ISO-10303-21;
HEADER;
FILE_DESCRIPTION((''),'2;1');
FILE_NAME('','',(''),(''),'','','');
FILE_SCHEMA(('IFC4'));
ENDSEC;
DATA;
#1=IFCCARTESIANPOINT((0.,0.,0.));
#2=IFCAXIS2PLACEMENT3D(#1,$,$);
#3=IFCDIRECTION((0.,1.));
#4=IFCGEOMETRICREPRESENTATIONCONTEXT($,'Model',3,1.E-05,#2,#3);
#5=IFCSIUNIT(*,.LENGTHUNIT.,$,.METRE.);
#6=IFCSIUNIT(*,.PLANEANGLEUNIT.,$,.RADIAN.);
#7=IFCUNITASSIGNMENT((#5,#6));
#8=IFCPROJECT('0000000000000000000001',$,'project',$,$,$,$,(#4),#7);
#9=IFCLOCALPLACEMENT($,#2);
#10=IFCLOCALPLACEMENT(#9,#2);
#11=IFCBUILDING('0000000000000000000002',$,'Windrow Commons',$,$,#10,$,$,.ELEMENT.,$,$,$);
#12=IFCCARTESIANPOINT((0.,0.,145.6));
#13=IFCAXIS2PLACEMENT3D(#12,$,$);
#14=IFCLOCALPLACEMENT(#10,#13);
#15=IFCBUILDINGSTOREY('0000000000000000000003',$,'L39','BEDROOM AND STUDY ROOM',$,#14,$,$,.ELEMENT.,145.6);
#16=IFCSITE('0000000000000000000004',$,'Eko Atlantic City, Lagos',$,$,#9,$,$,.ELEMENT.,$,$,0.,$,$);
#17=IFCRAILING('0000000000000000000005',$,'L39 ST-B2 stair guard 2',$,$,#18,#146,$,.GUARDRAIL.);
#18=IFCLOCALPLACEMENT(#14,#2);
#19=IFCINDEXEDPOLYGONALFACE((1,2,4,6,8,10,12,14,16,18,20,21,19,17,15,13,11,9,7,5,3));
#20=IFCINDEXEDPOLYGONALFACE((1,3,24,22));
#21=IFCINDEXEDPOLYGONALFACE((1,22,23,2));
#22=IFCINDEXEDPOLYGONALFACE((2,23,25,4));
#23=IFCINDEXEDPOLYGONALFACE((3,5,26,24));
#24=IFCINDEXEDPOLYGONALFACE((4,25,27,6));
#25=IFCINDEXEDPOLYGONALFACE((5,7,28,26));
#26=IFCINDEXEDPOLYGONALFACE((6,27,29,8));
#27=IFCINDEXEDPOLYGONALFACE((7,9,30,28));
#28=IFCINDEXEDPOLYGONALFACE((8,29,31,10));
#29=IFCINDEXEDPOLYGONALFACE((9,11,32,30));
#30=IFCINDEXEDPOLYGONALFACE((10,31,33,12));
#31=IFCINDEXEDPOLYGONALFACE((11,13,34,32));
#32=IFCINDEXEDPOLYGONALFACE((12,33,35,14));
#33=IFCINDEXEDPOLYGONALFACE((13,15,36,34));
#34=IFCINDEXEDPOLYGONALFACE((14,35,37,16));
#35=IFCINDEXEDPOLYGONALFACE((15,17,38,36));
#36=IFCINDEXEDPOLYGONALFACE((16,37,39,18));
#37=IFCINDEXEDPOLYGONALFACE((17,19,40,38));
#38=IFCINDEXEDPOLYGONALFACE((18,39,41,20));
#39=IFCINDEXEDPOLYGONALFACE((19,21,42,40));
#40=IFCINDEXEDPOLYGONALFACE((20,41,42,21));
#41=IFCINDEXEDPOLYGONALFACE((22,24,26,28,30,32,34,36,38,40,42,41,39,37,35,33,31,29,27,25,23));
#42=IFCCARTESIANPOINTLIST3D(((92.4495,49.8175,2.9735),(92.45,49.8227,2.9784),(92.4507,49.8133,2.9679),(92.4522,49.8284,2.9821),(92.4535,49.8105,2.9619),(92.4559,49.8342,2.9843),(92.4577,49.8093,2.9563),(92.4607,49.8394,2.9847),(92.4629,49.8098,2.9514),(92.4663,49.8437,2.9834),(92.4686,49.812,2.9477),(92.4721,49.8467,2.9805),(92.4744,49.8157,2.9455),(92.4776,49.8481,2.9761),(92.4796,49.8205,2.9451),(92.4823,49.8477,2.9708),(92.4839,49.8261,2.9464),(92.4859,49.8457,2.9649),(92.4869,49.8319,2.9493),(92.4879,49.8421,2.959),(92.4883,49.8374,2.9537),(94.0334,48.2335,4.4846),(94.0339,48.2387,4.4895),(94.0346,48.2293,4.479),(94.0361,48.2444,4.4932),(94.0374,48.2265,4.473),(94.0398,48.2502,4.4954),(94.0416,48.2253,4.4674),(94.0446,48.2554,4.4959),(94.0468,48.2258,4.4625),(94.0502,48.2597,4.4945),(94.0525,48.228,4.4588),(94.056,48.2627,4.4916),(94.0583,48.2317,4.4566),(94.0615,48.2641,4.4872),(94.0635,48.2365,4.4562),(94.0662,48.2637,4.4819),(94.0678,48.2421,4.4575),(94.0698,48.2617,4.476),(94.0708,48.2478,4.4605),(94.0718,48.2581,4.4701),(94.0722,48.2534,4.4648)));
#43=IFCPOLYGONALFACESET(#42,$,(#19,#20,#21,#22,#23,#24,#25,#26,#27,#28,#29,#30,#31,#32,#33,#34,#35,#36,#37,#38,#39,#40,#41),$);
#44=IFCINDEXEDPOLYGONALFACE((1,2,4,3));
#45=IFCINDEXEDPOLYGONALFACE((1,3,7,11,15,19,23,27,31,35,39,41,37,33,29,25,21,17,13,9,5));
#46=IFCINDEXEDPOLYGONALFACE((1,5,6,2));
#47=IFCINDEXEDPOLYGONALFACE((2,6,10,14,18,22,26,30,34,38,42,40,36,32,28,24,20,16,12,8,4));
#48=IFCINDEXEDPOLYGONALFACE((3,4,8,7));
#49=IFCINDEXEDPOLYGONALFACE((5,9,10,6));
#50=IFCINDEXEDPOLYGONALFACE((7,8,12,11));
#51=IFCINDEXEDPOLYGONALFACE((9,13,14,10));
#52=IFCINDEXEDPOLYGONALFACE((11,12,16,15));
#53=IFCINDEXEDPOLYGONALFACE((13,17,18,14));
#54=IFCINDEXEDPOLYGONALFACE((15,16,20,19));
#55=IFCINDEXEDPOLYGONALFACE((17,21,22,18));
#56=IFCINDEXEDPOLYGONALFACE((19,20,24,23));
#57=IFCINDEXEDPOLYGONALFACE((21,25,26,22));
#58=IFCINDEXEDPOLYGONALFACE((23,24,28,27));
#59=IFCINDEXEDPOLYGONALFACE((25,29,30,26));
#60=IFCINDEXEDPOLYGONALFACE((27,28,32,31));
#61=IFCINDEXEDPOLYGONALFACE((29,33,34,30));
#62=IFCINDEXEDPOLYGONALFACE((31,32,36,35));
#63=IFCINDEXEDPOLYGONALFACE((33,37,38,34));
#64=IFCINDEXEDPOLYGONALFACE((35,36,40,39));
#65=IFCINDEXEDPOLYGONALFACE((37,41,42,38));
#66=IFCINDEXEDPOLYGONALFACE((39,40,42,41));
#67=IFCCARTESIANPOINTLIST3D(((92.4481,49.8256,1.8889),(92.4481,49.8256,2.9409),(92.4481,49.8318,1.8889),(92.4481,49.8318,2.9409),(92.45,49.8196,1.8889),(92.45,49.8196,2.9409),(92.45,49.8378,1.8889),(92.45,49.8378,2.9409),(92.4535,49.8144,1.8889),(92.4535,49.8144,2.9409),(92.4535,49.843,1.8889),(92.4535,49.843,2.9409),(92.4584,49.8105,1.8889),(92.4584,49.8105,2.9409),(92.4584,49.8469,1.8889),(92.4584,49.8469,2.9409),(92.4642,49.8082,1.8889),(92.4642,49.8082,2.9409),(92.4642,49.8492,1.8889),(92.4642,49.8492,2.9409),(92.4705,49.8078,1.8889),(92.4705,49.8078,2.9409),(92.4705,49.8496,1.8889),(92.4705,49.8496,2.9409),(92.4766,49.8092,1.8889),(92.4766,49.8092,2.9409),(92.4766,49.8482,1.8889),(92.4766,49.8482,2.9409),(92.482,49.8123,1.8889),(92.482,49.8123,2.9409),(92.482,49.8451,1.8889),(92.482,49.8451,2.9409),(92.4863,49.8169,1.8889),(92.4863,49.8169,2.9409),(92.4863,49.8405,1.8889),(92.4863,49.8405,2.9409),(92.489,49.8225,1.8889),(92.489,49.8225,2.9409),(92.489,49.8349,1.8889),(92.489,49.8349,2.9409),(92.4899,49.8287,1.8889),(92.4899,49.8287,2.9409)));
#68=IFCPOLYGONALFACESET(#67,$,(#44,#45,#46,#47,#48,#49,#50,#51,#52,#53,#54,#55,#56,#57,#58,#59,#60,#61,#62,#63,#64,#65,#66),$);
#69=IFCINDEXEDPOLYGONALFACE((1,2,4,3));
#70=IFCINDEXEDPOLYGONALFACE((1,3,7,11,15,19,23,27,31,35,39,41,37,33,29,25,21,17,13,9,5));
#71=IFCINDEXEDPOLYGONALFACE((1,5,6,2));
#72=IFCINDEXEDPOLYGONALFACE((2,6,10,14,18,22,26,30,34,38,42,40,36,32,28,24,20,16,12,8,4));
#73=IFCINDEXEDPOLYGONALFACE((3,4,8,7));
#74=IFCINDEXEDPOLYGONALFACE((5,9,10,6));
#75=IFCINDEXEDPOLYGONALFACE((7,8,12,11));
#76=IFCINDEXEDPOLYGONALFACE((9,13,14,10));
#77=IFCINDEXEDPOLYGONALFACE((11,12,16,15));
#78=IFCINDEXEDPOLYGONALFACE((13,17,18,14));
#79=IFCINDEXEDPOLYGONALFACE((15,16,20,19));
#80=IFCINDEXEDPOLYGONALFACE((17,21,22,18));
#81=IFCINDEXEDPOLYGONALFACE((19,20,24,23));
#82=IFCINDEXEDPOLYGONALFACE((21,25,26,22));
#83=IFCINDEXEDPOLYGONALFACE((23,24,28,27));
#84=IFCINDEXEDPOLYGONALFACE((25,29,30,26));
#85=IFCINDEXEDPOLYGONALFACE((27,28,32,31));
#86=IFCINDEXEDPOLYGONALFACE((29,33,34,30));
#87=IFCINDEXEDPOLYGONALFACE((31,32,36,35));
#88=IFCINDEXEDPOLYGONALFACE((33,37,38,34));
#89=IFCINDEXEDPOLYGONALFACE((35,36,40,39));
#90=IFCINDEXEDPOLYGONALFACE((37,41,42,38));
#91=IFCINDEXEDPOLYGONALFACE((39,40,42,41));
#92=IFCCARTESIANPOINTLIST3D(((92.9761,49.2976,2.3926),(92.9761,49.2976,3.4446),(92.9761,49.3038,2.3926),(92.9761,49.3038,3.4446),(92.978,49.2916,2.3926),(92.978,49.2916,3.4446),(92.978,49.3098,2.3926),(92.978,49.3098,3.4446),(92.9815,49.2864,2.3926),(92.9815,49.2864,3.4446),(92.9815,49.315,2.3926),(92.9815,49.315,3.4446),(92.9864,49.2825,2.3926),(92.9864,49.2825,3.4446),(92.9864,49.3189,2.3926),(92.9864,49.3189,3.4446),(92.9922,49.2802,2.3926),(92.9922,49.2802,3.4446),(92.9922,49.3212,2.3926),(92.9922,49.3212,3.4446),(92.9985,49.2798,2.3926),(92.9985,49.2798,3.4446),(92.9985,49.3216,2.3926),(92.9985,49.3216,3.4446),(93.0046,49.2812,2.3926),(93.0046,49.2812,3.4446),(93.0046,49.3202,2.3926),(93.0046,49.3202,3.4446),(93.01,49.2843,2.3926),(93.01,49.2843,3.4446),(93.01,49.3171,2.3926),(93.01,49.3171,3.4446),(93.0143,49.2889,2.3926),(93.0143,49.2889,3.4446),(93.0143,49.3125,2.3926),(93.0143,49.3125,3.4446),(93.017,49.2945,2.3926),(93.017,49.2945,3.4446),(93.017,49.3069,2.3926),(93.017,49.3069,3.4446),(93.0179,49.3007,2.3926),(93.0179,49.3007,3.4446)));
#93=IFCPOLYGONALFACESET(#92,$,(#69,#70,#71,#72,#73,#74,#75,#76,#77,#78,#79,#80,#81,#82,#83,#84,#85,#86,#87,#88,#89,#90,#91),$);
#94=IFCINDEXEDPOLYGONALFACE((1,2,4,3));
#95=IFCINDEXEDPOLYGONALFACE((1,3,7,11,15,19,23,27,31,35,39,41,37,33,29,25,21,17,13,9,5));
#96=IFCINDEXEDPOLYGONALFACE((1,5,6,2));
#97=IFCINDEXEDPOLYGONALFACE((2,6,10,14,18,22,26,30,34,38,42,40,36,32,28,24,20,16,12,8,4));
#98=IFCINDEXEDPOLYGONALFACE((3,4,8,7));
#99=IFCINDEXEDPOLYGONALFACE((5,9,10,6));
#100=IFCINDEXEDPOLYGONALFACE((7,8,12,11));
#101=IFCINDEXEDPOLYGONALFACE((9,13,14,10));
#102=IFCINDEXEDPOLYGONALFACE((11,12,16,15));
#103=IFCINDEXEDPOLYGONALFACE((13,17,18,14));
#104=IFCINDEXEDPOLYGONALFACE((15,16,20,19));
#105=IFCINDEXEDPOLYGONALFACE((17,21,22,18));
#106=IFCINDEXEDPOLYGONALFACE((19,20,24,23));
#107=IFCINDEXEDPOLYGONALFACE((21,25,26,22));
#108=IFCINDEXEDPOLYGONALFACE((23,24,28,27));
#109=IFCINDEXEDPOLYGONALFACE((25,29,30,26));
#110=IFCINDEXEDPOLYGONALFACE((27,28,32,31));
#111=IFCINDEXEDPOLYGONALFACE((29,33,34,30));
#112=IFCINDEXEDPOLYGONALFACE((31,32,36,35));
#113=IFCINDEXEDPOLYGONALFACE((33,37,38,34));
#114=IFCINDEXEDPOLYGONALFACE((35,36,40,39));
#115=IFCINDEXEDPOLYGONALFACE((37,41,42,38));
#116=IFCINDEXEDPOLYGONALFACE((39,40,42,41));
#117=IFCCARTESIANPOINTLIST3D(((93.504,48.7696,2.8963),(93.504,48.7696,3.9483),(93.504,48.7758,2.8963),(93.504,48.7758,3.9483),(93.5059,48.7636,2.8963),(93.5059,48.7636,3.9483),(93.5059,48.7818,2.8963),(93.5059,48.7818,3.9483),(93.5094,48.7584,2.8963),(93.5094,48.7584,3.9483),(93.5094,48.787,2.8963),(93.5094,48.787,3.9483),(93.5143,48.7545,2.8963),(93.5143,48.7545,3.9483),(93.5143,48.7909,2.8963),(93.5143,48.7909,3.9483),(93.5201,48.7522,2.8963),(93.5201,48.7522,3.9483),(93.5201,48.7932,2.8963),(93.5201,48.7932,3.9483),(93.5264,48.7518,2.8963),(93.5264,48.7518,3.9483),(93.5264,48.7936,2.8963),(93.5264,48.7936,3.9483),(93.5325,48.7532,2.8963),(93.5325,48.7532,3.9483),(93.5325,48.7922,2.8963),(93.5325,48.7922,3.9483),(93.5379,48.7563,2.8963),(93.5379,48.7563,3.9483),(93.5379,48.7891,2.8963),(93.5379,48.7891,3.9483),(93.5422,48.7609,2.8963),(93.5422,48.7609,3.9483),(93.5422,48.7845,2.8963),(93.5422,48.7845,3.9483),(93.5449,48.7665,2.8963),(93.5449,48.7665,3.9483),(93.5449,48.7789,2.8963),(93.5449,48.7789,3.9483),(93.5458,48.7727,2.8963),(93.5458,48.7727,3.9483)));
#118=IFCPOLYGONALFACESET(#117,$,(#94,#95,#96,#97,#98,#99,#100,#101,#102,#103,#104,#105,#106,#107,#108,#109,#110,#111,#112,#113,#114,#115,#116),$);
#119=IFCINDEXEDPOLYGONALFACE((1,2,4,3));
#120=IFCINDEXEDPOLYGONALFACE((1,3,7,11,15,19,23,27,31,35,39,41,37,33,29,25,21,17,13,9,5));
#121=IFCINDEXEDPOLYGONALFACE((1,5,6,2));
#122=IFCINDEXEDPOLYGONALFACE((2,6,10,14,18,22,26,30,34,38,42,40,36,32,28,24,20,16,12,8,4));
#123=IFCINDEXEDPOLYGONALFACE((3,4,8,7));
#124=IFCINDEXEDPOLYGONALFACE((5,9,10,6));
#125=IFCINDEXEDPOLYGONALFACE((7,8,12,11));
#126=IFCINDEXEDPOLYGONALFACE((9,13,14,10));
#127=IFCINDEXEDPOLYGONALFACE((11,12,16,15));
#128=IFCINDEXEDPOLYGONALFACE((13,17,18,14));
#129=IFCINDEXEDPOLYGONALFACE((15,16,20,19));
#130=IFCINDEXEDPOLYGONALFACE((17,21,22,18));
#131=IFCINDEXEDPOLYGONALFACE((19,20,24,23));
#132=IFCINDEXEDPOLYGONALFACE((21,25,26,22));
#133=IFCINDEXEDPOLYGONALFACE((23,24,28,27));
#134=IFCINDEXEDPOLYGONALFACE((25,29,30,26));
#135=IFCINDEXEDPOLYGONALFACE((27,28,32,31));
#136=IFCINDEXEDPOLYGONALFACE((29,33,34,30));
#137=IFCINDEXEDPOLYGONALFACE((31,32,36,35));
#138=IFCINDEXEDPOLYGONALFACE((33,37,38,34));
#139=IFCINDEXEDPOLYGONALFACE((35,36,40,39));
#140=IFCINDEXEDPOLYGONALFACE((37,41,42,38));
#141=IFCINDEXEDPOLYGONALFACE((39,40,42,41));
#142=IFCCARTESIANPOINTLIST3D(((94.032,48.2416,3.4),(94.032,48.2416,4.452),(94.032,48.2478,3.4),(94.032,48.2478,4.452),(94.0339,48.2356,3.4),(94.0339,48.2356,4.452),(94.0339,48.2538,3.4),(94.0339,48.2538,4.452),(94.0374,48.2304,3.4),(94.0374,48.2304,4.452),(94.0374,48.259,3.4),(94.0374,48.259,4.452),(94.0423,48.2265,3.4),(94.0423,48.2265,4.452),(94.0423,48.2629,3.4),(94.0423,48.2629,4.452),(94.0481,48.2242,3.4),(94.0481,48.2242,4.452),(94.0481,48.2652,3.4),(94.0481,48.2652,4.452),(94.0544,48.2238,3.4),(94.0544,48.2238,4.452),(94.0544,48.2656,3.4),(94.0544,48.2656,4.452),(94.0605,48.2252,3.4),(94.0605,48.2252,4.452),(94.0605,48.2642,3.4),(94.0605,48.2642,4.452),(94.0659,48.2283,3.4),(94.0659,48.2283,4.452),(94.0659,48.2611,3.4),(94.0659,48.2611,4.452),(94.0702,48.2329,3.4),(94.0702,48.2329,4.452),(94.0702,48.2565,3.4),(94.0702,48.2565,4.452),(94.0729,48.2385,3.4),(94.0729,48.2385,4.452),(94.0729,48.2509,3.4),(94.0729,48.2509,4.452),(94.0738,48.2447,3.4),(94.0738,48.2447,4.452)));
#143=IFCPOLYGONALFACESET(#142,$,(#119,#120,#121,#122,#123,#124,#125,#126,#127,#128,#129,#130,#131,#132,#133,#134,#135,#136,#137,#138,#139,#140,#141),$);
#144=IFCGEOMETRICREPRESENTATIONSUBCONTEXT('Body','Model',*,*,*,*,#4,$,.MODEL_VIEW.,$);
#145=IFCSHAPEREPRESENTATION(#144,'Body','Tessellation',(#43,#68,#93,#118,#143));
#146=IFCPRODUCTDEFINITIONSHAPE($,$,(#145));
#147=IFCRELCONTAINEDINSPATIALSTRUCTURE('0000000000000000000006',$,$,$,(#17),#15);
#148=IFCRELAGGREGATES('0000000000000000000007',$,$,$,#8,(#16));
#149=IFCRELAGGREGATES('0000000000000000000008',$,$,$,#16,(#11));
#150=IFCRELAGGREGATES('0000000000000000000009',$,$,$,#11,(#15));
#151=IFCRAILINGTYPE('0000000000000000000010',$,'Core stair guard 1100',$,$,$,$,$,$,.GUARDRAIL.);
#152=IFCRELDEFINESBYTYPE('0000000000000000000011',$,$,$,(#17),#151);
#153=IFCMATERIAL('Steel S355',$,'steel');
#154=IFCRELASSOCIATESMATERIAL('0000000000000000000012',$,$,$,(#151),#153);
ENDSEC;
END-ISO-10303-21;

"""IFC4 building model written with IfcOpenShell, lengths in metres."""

from ifc_helpers import new_model, si_unit, direction, frame, origin, origin_2d, place, context, subcontext, project, spatial, circle, extrude, material, type_object, element, save


model = new_model("IFC4")

# Units and contexts
model_context = context("Model", 3, precision=1e-05, world=origin(), true_north=direction((0.0, 1.0)))
body_context = subcontext(model_context, "Body", "Model", "MODEL_VIEW")
ifc_project = project(units=[si_unit("LENGTHUNIT", "METRE"), si_unit("PLANEANGLEUNIT", "RADIAN")], contexts=[model_context])

# Site, building, storey
site_placement = place(None, origin())
site = spatial("IfcSite", under=ifc_project, at=site_placement, Name="Eko Atlantic City, Lagos", CompositionType="ELEMENT", RefElevation=0.0)
building_placement = place(site_placement, origin())
building = spatial("IfcBuilding", under=site, at=building_placement, Name="Windrow Commons", CompositionType="ELEMENT")
storey_placement = place(building_placement, frame((0.0, 0.0, 145.6)))
storey = spatial("IfcBuildingStorey", under=building, at=storey_placement, Name="L39", Description="BEDROOM AND STUDY ROOM", CompositionType="ELEMENT", Elevation=145.6)

# Railing
ifc_material_1 = material(Name="Steel S355", Category="steel")
railing_type_1 = type_object("IfcRailingType", Name="Core stair guard 1100", PredefinedType="GUARDRAIL", material=ifc_material_1)
railing_1_placement = place(storey_placement, frame((92.4689, 49.8287, 1.8889)))
element("IfcRailing", 1, at=railing_1_placement, inside=storey, type_object=railing_type_1, Name="L39 ST-B2 stair guard 2", PredefinedType="GUARDRAIL", context=body_context, shape_type="SweptSolid", body=[
    extrude(circle(Radius=0.024, at=origin_2d()), frame((0.0, 0.0, 1.076), z_axis=(0.586179, -0.586216, 0.559237), x_axis=(0.707129, 0.707084, 0.0)), (0.0, 0.0, 1.0), 2.7021),
    extrude(circle(Radius=0.021, at=origin_2d()), origin(), (0.0, 0.0, 1.0), 1.052),
    extrude(circle(Radius=0.021, at=origin_2d()), frame((0.528, -0.528, 0.5037)), (0.0, 0.0, 1.0), 1.052),
    extrude(circle(Radius=0.021, at=origin_2d()), frame((1.0559, -1.056, 1.0074)), (0.0, 0.0, 1.0), 1.052),
    extrude(circle(Radius=0.021, at=origin_2d()), frame((1.5839, -1.584, 1.5111)), (0.0, 0.0, 1.0), 1.052),
])

save(model, "model.ifc")
